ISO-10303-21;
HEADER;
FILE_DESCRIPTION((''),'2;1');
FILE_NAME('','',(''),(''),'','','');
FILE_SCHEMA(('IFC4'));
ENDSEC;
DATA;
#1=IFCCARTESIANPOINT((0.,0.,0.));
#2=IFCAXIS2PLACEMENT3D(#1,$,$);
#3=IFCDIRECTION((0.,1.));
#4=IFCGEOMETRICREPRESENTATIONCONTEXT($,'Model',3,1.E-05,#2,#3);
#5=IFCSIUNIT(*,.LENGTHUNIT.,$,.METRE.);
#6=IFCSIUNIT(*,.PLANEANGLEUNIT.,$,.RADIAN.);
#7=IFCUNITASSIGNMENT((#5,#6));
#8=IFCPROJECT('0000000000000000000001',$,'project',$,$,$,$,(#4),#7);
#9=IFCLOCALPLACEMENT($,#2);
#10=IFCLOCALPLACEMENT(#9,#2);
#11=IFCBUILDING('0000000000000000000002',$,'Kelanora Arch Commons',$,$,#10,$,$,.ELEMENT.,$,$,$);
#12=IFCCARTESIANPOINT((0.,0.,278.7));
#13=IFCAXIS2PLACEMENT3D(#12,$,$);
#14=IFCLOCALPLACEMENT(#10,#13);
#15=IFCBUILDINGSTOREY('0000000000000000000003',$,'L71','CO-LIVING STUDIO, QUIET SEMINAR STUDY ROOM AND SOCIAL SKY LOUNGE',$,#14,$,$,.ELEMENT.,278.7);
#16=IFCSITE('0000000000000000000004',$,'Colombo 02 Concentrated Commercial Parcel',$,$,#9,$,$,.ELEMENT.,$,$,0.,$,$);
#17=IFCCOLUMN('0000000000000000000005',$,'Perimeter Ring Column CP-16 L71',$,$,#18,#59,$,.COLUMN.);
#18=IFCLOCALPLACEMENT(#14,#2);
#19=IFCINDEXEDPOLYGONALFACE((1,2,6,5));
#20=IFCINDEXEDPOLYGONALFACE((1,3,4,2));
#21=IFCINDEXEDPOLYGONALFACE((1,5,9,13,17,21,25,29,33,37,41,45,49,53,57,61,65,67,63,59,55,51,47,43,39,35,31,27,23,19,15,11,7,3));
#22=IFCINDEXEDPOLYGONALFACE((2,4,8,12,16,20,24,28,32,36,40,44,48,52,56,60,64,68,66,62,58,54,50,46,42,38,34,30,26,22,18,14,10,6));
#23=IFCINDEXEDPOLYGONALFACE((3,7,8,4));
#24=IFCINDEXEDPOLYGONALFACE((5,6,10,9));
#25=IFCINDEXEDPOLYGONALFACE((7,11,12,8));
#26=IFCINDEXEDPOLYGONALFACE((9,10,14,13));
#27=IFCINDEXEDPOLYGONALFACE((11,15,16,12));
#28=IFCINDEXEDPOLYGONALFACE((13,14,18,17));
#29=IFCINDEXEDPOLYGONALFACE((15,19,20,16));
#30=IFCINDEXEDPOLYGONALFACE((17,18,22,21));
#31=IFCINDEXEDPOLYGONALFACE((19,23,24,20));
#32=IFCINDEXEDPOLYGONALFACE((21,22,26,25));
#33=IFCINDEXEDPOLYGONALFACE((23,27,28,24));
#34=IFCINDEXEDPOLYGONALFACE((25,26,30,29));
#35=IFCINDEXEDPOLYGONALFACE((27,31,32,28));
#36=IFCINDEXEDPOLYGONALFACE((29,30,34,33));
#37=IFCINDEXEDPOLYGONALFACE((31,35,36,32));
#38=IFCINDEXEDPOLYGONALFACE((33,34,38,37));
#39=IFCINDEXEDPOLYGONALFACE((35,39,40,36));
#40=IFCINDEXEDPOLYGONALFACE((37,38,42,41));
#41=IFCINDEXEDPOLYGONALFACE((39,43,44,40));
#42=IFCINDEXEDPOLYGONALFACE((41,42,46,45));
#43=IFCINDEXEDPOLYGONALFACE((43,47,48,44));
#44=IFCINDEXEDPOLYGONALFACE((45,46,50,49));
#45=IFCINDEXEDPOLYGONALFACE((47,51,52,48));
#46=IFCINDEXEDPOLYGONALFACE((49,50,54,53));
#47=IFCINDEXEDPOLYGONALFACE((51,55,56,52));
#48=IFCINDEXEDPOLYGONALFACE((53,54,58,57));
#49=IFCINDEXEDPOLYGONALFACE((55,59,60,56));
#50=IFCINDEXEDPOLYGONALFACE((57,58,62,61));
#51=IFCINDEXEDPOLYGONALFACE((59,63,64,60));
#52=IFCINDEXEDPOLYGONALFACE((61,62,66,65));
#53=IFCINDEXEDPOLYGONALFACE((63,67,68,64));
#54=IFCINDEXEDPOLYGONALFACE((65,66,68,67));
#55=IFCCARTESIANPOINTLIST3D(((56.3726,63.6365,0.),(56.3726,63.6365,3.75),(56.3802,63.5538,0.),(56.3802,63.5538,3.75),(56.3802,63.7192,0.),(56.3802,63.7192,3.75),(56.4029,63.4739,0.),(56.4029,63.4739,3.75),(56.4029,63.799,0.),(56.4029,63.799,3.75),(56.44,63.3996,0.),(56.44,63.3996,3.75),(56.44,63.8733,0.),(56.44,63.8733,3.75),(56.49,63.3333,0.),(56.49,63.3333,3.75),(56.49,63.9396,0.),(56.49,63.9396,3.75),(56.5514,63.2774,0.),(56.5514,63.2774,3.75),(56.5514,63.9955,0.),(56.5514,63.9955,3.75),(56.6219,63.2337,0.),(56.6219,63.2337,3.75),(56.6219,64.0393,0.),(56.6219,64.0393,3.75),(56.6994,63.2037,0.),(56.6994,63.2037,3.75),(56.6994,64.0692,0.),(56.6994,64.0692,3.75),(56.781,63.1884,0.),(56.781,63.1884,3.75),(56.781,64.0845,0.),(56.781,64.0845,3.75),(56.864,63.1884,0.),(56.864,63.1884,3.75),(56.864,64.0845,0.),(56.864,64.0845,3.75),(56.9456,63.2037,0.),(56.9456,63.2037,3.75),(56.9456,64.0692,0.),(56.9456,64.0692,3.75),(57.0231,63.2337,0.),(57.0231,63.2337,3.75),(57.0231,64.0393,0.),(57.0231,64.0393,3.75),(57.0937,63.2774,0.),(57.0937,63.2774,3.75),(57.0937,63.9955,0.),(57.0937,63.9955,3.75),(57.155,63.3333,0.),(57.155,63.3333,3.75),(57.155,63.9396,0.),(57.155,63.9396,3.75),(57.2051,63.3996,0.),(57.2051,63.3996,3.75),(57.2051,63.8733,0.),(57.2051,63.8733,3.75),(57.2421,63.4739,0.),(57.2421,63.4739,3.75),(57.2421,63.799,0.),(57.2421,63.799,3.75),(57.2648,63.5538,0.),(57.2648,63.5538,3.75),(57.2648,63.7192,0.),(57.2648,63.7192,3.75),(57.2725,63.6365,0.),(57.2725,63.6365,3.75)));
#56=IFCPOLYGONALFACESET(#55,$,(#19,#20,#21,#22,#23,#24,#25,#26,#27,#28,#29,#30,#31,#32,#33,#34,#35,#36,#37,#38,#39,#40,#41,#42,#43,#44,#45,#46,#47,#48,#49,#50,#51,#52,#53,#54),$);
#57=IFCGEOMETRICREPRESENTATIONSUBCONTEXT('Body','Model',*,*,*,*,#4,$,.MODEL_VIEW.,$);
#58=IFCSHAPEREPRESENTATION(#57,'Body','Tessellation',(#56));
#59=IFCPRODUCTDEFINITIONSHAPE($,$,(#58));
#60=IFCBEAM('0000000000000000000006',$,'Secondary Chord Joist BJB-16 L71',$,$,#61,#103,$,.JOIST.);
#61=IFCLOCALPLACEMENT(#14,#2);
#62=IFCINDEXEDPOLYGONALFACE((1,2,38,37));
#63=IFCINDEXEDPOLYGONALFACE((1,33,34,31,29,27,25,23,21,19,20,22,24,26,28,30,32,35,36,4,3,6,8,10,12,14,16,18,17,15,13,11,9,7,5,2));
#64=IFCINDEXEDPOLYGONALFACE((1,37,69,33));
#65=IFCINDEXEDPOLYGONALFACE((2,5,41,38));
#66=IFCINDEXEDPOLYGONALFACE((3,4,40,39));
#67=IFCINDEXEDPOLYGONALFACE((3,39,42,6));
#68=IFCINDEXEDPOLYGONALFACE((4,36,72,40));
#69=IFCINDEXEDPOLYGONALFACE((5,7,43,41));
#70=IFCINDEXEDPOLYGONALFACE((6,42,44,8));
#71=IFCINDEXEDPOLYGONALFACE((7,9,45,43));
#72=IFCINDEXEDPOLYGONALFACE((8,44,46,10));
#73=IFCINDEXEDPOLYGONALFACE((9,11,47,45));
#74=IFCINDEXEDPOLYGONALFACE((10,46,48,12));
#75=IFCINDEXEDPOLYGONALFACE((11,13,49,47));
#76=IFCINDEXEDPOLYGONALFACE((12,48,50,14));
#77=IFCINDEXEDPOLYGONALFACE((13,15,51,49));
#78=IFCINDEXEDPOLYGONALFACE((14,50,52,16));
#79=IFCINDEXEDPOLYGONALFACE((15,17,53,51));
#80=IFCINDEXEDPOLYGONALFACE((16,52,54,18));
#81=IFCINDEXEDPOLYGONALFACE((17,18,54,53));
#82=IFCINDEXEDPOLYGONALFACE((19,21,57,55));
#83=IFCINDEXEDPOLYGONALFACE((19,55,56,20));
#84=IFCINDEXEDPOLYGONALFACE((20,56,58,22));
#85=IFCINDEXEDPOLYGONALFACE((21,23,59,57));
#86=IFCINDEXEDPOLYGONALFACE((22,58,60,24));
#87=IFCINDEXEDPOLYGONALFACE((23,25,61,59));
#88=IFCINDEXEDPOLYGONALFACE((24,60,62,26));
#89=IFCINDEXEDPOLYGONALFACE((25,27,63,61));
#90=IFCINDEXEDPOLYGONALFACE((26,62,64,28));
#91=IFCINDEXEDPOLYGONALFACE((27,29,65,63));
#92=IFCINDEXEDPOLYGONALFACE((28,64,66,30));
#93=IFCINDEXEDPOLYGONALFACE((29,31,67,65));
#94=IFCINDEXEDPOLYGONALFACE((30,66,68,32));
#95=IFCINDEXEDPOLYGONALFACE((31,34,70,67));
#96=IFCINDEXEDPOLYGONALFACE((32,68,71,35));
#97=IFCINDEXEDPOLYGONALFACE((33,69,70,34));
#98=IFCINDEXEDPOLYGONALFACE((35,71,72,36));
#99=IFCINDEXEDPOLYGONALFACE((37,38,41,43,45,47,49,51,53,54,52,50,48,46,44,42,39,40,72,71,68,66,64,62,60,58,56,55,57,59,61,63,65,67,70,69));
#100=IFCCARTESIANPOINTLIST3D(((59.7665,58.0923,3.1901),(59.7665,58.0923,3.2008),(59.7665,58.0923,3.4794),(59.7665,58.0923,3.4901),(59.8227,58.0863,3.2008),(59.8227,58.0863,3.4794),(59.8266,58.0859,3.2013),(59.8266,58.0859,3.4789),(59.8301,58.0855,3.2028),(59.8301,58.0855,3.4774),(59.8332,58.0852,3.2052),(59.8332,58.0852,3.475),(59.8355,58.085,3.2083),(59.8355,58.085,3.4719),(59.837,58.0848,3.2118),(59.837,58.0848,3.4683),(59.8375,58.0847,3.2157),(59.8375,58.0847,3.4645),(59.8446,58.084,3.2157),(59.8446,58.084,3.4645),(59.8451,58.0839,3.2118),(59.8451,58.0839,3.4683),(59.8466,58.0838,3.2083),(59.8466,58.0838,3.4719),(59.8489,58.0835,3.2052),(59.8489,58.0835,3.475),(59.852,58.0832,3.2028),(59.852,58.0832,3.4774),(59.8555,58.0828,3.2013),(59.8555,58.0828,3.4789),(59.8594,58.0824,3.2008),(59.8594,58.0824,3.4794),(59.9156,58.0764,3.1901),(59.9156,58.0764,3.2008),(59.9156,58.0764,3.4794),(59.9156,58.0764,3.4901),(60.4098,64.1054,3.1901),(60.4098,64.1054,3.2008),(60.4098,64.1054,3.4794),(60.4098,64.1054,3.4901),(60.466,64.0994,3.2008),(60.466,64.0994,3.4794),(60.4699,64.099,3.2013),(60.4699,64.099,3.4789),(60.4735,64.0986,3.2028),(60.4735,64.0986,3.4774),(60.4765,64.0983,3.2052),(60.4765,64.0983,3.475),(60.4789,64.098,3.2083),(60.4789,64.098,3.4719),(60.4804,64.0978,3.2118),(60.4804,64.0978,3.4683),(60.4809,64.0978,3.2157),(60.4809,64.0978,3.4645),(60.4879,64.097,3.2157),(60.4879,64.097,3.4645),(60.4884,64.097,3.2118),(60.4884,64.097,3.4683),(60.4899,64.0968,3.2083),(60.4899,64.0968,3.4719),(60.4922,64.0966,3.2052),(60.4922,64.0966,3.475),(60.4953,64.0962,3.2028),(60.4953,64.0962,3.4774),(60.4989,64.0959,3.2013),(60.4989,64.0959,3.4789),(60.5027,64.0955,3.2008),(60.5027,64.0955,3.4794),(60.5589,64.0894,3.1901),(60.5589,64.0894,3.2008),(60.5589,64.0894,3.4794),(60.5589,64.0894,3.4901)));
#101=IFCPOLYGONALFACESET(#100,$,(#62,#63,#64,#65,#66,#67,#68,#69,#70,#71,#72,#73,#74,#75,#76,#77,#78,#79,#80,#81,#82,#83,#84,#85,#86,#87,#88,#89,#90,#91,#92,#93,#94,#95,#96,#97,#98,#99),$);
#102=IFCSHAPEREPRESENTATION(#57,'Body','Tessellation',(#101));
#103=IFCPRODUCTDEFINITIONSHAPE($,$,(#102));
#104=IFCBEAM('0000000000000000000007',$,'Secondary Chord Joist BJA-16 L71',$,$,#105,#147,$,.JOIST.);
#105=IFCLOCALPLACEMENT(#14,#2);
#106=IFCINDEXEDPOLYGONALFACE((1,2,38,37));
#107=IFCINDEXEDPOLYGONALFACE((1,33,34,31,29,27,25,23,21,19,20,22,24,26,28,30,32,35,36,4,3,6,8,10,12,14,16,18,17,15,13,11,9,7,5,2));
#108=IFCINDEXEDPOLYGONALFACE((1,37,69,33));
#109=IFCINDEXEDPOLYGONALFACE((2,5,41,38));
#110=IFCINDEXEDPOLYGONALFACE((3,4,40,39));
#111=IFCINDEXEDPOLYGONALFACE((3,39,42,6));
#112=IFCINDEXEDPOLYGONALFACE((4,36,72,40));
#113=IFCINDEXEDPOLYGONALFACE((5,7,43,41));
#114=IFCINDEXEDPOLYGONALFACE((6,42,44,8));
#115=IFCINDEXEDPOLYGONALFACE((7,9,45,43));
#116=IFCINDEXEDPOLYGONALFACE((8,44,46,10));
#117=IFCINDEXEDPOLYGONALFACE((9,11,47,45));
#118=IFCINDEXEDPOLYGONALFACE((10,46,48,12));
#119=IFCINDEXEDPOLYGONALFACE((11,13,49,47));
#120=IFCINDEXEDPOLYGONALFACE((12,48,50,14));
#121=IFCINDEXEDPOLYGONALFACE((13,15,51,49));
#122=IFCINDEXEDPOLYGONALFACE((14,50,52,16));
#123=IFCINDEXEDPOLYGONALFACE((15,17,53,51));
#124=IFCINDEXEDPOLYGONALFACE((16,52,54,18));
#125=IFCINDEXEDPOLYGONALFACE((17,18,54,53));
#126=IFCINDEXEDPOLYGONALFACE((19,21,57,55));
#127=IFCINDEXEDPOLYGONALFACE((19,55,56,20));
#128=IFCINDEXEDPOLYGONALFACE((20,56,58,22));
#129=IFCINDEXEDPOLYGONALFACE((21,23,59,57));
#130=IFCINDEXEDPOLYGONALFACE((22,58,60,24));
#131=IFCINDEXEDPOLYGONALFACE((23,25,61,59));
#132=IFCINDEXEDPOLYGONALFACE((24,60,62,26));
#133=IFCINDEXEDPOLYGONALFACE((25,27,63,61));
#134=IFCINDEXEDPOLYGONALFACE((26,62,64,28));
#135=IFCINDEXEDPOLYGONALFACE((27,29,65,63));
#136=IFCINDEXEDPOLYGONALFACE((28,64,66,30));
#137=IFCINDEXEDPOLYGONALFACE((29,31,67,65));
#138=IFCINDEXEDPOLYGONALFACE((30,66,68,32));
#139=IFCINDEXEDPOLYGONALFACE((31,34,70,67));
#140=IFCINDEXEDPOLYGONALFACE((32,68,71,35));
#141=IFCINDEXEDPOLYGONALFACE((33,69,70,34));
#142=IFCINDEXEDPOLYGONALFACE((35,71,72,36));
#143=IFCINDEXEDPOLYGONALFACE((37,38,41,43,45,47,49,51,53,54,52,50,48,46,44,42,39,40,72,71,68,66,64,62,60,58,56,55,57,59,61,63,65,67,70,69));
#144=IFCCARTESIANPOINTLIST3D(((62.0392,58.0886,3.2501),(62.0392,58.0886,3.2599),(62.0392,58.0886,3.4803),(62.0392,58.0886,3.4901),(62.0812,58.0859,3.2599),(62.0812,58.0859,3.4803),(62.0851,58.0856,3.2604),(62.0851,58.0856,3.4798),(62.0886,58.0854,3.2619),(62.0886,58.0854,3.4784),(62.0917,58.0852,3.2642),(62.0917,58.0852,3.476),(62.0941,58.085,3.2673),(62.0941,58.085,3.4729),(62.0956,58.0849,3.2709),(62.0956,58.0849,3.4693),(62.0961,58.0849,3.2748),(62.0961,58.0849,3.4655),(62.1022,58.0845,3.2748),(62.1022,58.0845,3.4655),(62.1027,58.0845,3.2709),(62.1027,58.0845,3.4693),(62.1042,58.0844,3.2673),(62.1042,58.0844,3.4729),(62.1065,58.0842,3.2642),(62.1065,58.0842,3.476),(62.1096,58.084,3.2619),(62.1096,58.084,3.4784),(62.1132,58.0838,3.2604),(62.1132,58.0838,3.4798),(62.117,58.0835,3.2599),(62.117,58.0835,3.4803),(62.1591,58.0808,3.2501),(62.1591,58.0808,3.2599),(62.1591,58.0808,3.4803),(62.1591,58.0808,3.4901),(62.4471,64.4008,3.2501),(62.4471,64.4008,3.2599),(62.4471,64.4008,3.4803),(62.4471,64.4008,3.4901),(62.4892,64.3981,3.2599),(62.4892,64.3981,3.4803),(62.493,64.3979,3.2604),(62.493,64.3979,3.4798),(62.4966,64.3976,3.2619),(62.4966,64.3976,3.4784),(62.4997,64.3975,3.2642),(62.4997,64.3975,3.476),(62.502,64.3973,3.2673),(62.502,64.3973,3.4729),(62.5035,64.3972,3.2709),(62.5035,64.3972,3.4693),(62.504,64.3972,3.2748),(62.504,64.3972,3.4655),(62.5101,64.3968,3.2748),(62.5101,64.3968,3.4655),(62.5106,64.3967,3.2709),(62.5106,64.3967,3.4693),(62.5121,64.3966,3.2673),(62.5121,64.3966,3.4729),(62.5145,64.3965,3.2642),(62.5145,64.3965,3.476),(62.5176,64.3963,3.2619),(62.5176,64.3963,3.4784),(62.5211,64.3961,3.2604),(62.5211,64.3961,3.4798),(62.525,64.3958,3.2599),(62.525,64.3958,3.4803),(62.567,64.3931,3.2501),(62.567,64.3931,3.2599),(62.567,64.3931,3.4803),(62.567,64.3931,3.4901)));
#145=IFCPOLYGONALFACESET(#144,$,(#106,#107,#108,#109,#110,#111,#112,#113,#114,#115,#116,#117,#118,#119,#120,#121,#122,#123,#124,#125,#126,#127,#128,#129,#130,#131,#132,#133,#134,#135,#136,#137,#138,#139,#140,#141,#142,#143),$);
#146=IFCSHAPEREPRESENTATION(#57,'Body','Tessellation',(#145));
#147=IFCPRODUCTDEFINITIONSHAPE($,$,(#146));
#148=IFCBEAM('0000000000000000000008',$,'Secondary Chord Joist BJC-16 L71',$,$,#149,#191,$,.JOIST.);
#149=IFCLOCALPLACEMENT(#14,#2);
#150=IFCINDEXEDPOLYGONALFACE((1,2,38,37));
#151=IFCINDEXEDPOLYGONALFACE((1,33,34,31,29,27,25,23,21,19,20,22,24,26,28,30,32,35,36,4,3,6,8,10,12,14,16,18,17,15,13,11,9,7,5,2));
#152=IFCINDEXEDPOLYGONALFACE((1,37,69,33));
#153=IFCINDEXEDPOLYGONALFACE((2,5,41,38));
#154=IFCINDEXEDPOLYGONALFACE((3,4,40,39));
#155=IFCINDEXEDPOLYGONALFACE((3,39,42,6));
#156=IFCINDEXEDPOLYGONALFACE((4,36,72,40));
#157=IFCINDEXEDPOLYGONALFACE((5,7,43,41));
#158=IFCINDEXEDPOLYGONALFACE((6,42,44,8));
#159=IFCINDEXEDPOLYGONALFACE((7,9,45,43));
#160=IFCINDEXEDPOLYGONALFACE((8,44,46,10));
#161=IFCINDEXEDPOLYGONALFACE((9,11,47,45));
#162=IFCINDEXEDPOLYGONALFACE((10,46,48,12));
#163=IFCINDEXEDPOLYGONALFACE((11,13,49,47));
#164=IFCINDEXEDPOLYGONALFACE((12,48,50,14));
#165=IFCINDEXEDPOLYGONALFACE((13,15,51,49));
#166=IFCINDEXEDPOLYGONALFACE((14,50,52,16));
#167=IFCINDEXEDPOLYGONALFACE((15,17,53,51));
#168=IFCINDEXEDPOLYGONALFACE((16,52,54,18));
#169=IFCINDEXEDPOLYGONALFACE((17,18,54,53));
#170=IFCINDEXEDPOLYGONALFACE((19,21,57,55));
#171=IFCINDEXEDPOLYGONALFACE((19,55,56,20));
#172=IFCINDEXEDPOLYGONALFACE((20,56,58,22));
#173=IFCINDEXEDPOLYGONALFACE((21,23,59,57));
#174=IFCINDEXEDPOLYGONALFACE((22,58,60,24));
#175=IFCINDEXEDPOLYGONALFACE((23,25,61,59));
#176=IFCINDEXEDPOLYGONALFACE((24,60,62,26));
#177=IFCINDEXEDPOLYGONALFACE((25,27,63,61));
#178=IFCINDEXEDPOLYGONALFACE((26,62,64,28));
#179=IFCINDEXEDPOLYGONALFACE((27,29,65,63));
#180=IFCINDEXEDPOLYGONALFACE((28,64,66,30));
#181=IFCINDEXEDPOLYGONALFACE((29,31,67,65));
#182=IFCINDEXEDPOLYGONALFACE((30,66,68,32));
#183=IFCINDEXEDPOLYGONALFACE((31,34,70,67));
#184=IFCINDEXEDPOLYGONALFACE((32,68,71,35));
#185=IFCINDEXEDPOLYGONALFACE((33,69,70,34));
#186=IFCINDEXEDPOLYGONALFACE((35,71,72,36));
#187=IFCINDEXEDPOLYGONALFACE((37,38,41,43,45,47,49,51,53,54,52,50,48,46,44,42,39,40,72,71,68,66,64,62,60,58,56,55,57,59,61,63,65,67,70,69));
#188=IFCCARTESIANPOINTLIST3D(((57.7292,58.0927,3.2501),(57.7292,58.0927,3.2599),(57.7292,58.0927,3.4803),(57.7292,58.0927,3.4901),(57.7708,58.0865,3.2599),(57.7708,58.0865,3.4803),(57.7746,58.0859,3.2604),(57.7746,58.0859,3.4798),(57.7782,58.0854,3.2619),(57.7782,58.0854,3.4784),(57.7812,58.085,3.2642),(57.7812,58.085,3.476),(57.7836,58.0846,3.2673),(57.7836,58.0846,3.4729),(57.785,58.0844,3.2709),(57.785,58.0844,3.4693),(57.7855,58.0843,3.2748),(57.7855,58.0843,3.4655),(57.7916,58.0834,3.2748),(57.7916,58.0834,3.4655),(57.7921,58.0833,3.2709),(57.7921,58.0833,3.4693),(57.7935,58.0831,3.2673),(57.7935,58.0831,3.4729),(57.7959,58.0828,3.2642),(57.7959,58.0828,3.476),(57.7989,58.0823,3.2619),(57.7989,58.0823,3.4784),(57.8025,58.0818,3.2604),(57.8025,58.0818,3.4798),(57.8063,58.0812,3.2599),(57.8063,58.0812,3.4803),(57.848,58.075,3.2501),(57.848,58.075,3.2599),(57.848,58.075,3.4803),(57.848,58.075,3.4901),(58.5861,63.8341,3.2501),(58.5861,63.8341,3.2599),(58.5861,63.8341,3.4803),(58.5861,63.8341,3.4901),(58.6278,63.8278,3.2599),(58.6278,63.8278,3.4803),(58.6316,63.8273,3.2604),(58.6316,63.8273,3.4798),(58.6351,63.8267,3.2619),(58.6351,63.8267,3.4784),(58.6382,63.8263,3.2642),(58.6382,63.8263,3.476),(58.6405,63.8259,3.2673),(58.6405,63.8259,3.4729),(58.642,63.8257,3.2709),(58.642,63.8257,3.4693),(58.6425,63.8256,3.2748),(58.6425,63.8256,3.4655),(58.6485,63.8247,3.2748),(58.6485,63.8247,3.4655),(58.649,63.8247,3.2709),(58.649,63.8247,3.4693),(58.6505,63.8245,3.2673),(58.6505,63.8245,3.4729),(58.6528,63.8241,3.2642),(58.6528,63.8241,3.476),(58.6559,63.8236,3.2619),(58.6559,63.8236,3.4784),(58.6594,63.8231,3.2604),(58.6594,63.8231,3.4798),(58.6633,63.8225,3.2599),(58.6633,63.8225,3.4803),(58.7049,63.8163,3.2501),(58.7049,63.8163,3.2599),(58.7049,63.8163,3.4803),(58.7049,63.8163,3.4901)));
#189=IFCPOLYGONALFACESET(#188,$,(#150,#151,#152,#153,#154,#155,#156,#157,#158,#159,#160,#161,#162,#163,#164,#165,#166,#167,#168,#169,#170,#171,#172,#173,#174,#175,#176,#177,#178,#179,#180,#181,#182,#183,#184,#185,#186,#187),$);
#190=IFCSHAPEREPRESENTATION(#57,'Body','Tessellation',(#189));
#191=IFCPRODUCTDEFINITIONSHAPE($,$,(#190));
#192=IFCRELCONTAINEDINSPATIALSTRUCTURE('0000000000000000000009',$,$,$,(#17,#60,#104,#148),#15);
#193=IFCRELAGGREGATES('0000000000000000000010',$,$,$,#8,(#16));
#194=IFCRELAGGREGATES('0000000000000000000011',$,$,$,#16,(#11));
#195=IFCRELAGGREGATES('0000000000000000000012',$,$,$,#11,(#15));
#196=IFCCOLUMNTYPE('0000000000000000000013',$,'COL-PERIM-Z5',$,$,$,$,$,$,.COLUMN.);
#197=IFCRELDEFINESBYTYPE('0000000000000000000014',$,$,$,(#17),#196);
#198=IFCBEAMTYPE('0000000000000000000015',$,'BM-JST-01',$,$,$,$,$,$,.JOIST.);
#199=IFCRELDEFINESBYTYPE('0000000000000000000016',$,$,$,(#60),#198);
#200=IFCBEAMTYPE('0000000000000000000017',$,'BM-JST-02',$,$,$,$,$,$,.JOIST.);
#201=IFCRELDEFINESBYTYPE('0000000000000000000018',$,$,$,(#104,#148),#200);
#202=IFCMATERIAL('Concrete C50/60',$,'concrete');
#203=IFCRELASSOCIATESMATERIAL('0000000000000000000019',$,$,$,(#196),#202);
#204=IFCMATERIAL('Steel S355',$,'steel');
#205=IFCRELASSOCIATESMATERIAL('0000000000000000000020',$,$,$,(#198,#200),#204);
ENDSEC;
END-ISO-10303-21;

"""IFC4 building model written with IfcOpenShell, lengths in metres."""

from ifc_helpers import new_model, si_unit, direction, frame, origin, origin_2d, place, context, subcontext, project, spatial, circle, i_section, extrude, material, material_profile, profile_set, type_object, element, save


model = new_model("IFC4")

# Units and contexts
model_context = context("Model", 3, precision=1e-05, world=origin(), true_north=direction((0.0, 1.0)))
body_context = subcontext(model_context, "Body", "Model", "MODEL_VIEW")
ifc_project = project(units=[si_unit("LENGTHUNIT", "METRE"), si_unit("PLANEANGLEUNIT", "RADIAN")], contexts=[model_context])

# Site, building, storey
site_placement = place(None, origin())
site = spatial("IfcSite", under=ifc_project, at=site_placement, Name="Colombo 02 Concentrated Commercial Parcel", CompositionType="ELEMENT", RefElevation=0.0)
building_placement = place(site_placement, origin())
building = spatial("IfcBuilding", under=site, at=building_placement, Name="Kelanora Arch Commons", CompositionType="ELEMENT")
storey_placement = place(building_placement, frame((0.0, 0.0, 278.7)))
storey = spatial("IfcBuildingStorey", under=building, at=storey_placement, Name="L71", Description="CO-LIVING STUDIO, QUIET SEMINAR STUDY ROOM AND SOCIAL SKY LOUNGE", CompositionType="ELEMENT", Elevation=278.7)

# Column
ifc_material_1 = material(Name="Concrete C50/60", Category="concrete")
ifc_material_profile_1 = material_profile(ifc_material_1, circle(Radius=0.45, at=origin_2d()), Name="RCC900")
ifc_profile_set_1 = profile_set([ifc_material_profile_1], Name="Concrete C50/60")
column_type = type_object("IfcColumnType", Name="COL-PERIM-Z5", PredefinedType="COLUMN", material=ifc_profile_set_1)
column_placement = place(storey_placement, frame((56.8225, 63.6365, 0.0), z_axis=(0.0, 0.0, 1.0), x_axis=(1.0, 0.0, 0.0)))
element("IfcColumn", 1, at=column_placement, inside=storey, type_object=column_type, Name="Perimeter Ring Column CP-16 L71", PredefinedType="COLUMN", context=body_context, shape_type="SweptSolid", body=[
    extrude(circle(Radius=0.45, at=origin_2d()), origin(), (0.0, 0.0, 1.0), 3.75),
])

# Beams
ifc_material_2 = material(Name="Steel S355", Category="steel")
ifc_material_profile_2 = material_profile(ifc_material_2, i_section(OverallWidth=0.1499, OverallDepth=0.3, WebThickness=0.0071, FlangeThickness=0.0107, FilletRadius=0.0149, at=origin_2d()), Name="IPE300")
ifc_profile_set_2 = profile_set([ifc_material_profile_2], Name="Steel S355")
beam_type_1 = type_object("IfcBeamType", Name="BM-JST-01", PredefinedType="JOIST", material=ifc_profile_set_2)
beam_1_placement = place(storey_placement, frame((60.4844, 64.0974, 3.3401), z_axis=(-0.106381, -0.994325, 0.0), x_axis=(0.994325, -0.106381, 0.0)))
element("IfcBeam", 2, at=beam_1_placement, inside=storey, type_object=beam_type_1, Name="Secondary Chord Joist BJB-16 L71", PredefinedType="JOIST", context=body_context, shape_type="SweptSolid", body=[
    extrude(i_section(OverallWidth=0.1499, OverallDepth=0.3, WebThickness=0.0071, FlangeThickness=0.0107, FilletRadius=0.0149, at=origin_2d()), origin(), (0.0, 0.0, 1.0), 6.0474),
])
ifc_material_profile_3 = material_profile(ifc_material_2, i_section(OverallWidth=0.1201, OverallDepth=0.24, WebThickness=0.0061, FlangeThickness=0.0098, FilletRadius=0.0149, at=origin_2d()), Name="IPE240")
ifc_profile_set_3 = profile_set([ifc_material_profile_3], Name="Steel S355")
beam_type_2 = type_object("IfcBeamType", Name="BM-JST-02", PredefinedType="JOIST", material=ifc_profile_set_3)
beam_2_placement = place(storey_placement, frame((62.5071, 64.397, 3.3701), z_axis=(-0.064495, -0.997918, 0.0), x_axis=(0.997918, -0.064495, 0.0)))
element("IfcBeam", 3, at=beam_2_placement, inside=storey, type_object=beam_type_2, Name="Secondary Chord Joist BJA-16 L71", PredefinedType="JOIST", context=body_context, shape_type="SweptSolid", body=[
    extrude(i_section(OverallWidth=0.1201, OverallDepth=0.24, WebThickness=0.0061, FlangeThickness=0.0098, FilletRadius=0.0149, at=origin_2d()), origin(), (0.0, 0.0, 1.0), 6.3254),
])
beam_3_placement = place(storey_placement, frame((58.6455, 63.8252, 3.3701), z_axis=(-0.147625, -0.989043, 0.0), x_axis=(0.989043, -0.147625, 0.0)))
element("IfcBeam", 4, at=beam_3_placement, inside=storey, type_object=beam_type_2, Name="Secondary Chord Joist BJC-16 L71", PredefinedType="JOIST", context=body_context, shape_type="SweptSolid", body=[
    extrude(i_section(OverallWidth=0.1201, OverallDepth=0.24, WebThickness=0.0061, FlangeThickness=0.0098, FilletRadius=0.0149, at=origin_2d()), origin(), (0.0, 0.0, 1.0), 5.8049),
])

save(model, "model.ifc")
